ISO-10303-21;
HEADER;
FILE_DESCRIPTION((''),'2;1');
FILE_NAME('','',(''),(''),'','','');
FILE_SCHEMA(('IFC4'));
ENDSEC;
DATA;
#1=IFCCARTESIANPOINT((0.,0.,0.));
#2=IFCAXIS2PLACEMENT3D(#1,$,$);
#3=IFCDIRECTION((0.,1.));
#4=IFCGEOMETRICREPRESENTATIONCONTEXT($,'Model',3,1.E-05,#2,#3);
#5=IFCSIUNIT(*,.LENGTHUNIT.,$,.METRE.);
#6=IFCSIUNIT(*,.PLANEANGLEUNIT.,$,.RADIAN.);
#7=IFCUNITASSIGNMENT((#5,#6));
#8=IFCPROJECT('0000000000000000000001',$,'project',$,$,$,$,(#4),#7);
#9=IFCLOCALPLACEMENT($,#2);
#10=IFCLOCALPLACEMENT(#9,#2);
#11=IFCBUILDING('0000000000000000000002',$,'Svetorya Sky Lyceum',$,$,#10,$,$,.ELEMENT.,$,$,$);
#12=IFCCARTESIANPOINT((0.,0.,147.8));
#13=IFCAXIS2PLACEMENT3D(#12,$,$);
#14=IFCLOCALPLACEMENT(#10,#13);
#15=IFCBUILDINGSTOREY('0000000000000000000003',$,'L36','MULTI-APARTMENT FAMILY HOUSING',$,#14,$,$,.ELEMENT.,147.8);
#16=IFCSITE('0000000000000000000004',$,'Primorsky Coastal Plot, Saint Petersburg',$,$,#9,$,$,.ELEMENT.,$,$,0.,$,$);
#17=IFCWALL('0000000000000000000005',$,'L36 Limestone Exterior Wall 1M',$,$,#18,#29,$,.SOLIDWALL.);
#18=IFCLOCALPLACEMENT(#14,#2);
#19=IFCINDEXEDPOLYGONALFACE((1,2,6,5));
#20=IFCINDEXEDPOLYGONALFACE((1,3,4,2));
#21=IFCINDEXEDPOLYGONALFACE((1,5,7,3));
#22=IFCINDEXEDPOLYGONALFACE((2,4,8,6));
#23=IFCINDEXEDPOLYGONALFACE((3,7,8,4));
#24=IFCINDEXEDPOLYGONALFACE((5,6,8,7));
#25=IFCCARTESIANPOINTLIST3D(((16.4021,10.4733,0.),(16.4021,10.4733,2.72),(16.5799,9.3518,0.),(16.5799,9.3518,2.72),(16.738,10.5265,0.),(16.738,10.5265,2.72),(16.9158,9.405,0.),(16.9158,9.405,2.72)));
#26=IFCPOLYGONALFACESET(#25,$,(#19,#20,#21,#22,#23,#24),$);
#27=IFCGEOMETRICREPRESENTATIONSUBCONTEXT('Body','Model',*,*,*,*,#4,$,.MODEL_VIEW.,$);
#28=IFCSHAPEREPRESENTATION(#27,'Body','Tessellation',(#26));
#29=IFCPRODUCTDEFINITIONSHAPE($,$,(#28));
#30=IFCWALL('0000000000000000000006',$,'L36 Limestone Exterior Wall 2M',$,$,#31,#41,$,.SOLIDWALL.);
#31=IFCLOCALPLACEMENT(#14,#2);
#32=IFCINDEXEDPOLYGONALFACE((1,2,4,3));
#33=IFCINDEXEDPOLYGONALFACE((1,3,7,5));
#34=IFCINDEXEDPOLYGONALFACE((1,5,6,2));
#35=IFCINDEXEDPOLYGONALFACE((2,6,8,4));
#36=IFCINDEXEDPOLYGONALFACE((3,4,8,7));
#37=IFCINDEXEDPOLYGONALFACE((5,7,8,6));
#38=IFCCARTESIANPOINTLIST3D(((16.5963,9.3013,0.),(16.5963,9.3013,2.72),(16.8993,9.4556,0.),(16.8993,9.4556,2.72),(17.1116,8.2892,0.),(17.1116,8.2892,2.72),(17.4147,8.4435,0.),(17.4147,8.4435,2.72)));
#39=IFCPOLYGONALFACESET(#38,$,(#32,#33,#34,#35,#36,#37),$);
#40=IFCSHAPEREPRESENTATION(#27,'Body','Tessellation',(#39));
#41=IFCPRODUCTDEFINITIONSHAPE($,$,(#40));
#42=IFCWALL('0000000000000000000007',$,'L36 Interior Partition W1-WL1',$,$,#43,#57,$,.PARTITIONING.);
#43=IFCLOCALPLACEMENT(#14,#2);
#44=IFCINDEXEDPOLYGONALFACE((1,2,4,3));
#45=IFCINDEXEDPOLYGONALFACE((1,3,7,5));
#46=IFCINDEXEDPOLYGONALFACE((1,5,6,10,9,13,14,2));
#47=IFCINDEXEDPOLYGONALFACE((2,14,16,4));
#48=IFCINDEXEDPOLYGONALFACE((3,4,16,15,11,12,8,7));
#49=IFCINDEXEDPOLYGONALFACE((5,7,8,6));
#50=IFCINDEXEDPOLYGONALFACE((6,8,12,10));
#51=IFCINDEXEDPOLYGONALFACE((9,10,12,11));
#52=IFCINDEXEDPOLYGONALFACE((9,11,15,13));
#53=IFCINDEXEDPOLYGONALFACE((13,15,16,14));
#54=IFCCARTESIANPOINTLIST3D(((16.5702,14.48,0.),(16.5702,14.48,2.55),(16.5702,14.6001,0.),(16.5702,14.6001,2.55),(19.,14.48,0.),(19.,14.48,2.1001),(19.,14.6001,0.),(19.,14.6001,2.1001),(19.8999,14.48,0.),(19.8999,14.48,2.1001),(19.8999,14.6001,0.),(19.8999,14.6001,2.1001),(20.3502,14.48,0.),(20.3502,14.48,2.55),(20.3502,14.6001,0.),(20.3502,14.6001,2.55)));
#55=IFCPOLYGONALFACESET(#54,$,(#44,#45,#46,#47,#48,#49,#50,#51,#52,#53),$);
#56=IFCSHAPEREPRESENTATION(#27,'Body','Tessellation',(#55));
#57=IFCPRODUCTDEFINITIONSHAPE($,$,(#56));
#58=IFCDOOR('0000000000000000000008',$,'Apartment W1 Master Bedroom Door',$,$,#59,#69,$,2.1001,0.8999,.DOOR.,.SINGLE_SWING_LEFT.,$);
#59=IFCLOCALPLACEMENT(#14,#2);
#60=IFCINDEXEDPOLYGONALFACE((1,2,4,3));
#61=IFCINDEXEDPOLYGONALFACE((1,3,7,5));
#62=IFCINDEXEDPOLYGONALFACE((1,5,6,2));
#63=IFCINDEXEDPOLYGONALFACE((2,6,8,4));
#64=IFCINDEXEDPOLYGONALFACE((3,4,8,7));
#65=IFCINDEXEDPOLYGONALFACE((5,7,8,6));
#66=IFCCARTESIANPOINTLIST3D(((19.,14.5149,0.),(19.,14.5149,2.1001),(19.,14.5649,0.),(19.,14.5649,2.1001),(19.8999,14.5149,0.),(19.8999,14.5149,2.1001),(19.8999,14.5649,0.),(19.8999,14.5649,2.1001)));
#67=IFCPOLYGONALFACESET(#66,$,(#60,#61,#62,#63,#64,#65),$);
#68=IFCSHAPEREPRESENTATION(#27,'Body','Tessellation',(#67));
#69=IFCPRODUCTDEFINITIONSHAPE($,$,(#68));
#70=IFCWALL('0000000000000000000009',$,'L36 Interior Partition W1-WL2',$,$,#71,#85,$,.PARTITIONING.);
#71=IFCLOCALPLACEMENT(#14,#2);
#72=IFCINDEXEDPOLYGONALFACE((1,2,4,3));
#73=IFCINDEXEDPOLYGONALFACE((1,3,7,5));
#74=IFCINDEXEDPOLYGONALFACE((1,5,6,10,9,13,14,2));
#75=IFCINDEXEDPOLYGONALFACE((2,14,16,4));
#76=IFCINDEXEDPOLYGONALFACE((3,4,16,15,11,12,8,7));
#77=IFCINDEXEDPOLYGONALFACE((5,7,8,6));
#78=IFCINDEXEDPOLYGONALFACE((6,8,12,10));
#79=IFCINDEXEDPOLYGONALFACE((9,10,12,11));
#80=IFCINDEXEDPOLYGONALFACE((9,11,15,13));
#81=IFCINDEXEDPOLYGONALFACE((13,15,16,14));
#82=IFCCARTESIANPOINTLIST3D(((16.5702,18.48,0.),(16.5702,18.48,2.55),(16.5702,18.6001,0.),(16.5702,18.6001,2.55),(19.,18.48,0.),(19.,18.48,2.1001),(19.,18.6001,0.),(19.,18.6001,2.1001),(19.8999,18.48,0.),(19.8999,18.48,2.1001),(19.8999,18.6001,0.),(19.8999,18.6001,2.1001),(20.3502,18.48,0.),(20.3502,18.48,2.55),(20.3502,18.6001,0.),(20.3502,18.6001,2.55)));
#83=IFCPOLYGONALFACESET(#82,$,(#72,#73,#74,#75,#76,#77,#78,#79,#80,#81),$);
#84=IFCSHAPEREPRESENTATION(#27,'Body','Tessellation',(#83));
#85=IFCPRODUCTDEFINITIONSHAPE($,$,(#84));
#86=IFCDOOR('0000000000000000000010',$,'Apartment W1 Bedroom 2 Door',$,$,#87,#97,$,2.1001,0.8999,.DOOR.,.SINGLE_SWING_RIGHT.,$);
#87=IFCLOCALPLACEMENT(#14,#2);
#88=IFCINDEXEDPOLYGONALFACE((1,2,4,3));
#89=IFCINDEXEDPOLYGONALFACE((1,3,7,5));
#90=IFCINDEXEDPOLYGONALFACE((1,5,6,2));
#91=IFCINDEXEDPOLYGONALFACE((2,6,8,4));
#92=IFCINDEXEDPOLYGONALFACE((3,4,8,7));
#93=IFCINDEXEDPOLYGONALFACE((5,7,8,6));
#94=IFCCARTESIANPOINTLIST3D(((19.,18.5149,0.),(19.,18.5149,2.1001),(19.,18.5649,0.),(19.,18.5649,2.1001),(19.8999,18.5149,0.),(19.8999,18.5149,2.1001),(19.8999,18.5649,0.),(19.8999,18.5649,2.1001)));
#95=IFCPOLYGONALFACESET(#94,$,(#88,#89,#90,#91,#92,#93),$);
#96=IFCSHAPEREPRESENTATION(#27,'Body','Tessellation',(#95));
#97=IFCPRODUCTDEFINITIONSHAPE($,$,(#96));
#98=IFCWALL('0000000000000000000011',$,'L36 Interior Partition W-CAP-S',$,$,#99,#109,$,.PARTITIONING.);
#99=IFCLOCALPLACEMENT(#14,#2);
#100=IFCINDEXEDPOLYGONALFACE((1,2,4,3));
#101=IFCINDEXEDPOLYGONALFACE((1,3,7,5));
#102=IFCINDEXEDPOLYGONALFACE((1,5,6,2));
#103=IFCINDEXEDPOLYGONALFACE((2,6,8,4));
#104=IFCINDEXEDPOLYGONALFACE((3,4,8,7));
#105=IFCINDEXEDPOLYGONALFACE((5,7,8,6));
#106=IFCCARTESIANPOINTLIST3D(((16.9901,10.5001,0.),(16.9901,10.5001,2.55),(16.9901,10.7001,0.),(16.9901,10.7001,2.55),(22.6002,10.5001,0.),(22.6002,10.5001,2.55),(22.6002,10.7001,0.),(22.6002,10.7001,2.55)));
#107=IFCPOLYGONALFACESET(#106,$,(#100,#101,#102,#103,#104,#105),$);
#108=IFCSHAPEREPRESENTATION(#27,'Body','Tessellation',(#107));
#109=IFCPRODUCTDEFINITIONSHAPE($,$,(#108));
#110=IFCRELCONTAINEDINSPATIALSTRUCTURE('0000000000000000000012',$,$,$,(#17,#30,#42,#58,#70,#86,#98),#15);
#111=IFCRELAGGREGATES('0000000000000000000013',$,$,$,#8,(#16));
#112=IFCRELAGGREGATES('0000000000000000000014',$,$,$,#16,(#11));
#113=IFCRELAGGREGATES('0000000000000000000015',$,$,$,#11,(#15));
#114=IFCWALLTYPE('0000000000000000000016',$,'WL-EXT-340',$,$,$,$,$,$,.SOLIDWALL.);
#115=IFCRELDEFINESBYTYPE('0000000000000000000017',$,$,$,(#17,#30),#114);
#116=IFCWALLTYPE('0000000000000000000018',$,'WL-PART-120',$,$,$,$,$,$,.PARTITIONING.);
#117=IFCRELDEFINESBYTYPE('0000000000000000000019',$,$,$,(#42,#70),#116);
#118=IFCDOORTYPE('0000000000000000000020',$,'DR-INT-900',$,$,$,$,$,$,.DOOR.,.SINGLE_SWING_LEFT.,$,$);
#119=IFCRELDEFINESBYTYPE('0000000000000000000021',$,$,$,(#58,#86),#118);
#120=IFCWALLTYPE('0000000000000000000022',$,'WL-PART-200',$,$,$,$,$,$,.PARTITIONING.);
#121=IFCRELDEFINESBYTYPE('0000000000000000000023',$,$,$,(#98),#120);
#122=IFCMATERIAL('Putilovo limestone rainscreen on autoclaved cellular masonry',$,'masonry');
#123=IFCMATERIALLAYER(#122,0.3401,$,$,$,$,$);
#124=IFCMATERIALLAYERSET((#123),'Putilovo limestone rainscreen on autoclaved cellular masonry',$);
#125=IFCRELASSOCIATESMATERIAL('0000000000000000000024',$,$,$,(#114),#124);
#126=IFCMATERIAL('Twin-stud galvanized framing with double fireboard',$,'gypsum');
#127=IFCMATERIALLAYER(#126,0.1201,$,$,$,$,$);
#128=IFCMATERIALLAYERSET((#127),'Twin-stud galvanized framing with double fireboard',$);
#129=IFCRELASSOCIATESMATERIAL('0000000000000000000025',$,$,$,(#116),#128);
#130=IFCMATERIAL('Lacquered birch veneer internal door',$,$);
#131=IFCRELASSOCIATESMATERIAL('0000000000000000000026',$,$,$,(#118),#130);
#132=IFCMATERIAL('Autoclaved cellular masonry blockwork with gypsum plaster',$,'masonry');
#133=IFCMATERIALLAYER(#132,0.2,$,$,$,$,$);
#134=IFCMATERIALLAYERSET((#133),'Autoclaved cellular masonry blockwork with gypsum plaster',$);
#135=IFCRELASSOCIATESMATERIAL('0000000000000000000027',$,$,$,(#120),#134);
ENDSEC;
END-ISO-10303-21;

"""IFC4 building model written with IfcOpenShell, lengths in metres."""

from ifc_helpers import new_model, si_unit, direction, frame, frame_2d, origin, place, context, subcontext, project, spatial, rectangle, extrude, material, layer, layer_set, type_object, element, fill, save


model = new_model("IFC4")

# Units and contexts
model_context = context("Model", 3, precision=1e-05, world=origin(), true_north=direction((0.0, 1.0)))
body_context = subcontext(model_context, "Body", "Model", "MODEL_VIEW")
ifc_project = project(units=[si_unit("LENGTHUNIT", "METRE"), si_unit("PLANEANGLEUNIT", "RADIAN")], contexts=[model_context])

# Site, building, storey
site_placement = place(None, origin())
site = spatial("IfcSite", under=ifc_project, at=site_placement, Name="Primorsky Coastal Plot, Saint Petersburg", CompositionType="ELEMENT", RefElevation=0.0)
building_placement = place(site_placement, origin())
building = spatial("IfcBuilding", under=site, at=building_placement, Name="Svetorya Sky Lyceum", CompositionType="ELEMENT")
storey_placement = place(building_placement, frame((0.0, 0.0, 147.8)))
storey = spatial("IfcBuildingStorey", under=building, at=storey_placement, Name="L36", Description="MULTI-APARTMENT FAMILY HOUSING", CompositionType="ELEMENT", Elevation=147.8)

# Walls
ifc_material_1 = material(Name="Putilovo limestone rainscreen on autoclaved cellular masonry", Category="masonry")
ifc_layer_1 = layer(ifc_material_1, 0.3401)
ifc_layer_set_1 = layer_set([ifc_layer_1], Name="Putilovo limestone rainscreen on autoclaved cellular masonry")
wall_type_1 = type_object("IfcWallType", Name="WL-EXT-340", PredefinedType="SOLIDWALL", material=ifc_layer_set_1)
wall_1_placement = place(storey_placement, frame((16.5701, 10.5, 0.0), z_axis=(0.0, 0.0, 1.0), x_axis=(0.156515, -0.987676, 0.0)))
element("IfcWall", 1, at=wall_1_placement, inside=storey, type_object=wall_type_1, Name="L36 Limestone Exterior Wall 1M", PredefinedType="SOLIDWALL", context=body_context, shape_type="SweptSolid", body=[
    extrude(rectangle(XDim=1.1355, YDim=0.3401, at=frame_2d((0.5679, 0.0))), origin(), (0.0, 0.0, 1.0), 2.72),
])
wall_2_placement = place(storey_placement, frame((16.7478, 9.3784, 0.0), z_axis=(0.0, 0.0, 1.0), x_axis=(0.453736, -0.891136, 0.0)))
element("IfcWall", 2, at=wall_2_placement, inside=storey, type_object=wall_type_1, Name="L36 Limestone Exterior Wall 2M", PredefinedType="SOLIDWALL", context=body_context, shape_type="SweptSolid", body=[
    extrude(rectangle(XDim=1.1357, YDim=0.3401, at=frame_2d((0.5679, 0.0))), origin(), (0.0, 0.0, 1.0), 2.72),
])

# Walls, openings, doors
ifc_material_2 = material(Name="Twin-stud galvanized framing with double fireboard", Category="gypsum")
ifc_layer_2 = layer(ifc_material_2, 0.1201)
ifc_layer_set_2 = layer_set([ifc_layer_2], Name="Twin-stud galvanized framing with double fireboard")
wall_type_2 = type_object("IfcWallType", Name="WL-PART-120", PredefinedType="PARTITIONING", material=ifc_layer_set_2)
wall_3_placement = place(storey_placement, frame((16.5701, 14.54, 0.0), z_axis=(0.0, 0.0, 1.0), x_axis=(1.0, 0.0, 0.0)))
wall_3 = element("IfcWall", 3, at=wall_3_placement, inside=storey, type_object=wall_type_2, Name="L36 Interior Partition W1-WL1", PredefinedType="PARTITIONING", context=body_context, shape_type="SweptSolid", body=[
    extrude(rectangle(XDim=3.78, YDim=0.1201, at=frame_2d((1.8901, 0.0))), origin(), (0.0, 0.0, 1.0), 2.55),
])
opening_1_placement = place(wall_3_placement, frame((2.4299, 0.0, 0.0)))
opening_1 = element("IfcOpeningElement", 4, at=opening_1_placement, cuts=wall_3, PredefinedType="OPENING", context=body_context, shape_type="SweptSolid", body=[
    extrude(rectangle(XDim=0.8999, YDim=2.1001, at=frame_2d((0.45, 1.05))), frame((0.0, 0.0701, 0.0), z_axis=(0.0, -1.0, 0.0), x_axis=(1.0, 0.0, 0.0)), (0.0, 0.0, 1.0), 0.1401),
])
ifc_material_3 = material(Name="Lacquered birch veneer internal door")
door_type = type_object("IfcDoorType", Name="DR-INT-900", OperationType="SINGLE_SWING_LEFT", PredefinedType="DOOR", material=ifc_material_3)
door_1_placement = place(opening_1_placement, origin())
door_1 = element("IfcDoor", 5, at=door_1_placement, inside=storey, type_object=door_type, Name="Apartment W1 Master Bedroom Door", OperationType="SINGLE_SWING_LEFT", OverallHeight=2.1001, OverallWidth=0.8999, PredefinedType="DOOR", context=body_context, shape_type="SweptSolid", body=[
    extrude(rectangle(XDim=0.8999, YDim=2.1001, at=frame_2d((0.45, 1.05))), frame((0.0, 0.0249, 0.0), z_axis=(0.0, -1.0, 0.0), x_axis=(1.0, 0.0, 0.0)), (0.0, 0.0, 1.0), 0.05),
])
fill(opening_1, door_1)
wall_4_placement = place(storey_placement, frame((16.5701, 18.54, 0.0), z_axis=(0.0, 0.0, 1.0), x_axis=(1.0, 0.0, 0.0)))
wall_4 = element("IfcWall", 6, at=wall_4_placement, inside=storey, type_object=wall_type_2, Name="L36 Interior Partition W1-WL2", PredefinedType="PARTITIONING", context=body_context, shape_type="SweptSolid", body=[
    extrude(rectangle(XDim=3.78, YDim=0.1201, at=frame_2d((1.8901, 0.0))), origin(), (0.0, 0.0, 1.0), 2.55),
])
opening_2_placement = place(wall_4_placement, frame((2.4299, 0.0, 0.0)))
opening_2 = element("IfcOpeningElement", 7, at=opening_2_placement, cuts=wall_4, PredefinedType="OPENING", context=body_context, shape_type="SweptSolid", body=[
    extrude(rectangle(XDim=0.8999, YDim=2.1001, at=frame_2d((0.45, 1.05))), frame((0.0, 0.0701, 0.0), z_axis=(0.0, -1.0, 0.0), x_axis=(1.0, 0.0, 0.0)), (0.0, 0.0, 1.0), 0.1401),
])
door_2_placement = place(opening_2_placement, origin())
door_2 = element("IfcDoor", 8, at=door_2_placement, inside=storey, type_object=door_type, Name="Apartment W1 Bedroom 2 Door", OperationType="SINGLE_SWING_RIGHT", OverallHeight=2.1001, OverallWidth=0.8999, PredefinedType="DOOR", context=body_context, shape_type="SweptSolid", body=[
    extrude(rectangle(XDim=0.8999, YDim=2.1001, at=frame_2d((0.45, 1.05))), frame((0.0, 0.0249, 0.0), z_axis=(0.0, -1.0, 0.0), x_axis=(1.0, 0.0, 0.0)), (0.0, 0.0, 1.0), 0.05),
])
fill(opening_2, door_2)

# Wall
ifc_material_4 = material(Name="Autoclaved cellular masonry blockwork with gypsum plaster", Category="masonry")
ifc_layer_3 = layer(ifc_material_4, 0.2)
ifc_layer_set_3 = layer_set([ifc_layer_3], Name="Autoclaved cellular masonry blockwork with gypsum plaster")
wall_type_3 = type_object("IfcWallType", Name="WL-PART-200", PredefinedType="PARTITIONING", material=ifc_layer_set_3)
wall_5_placement = place(storey_placement, frame((16.99, 10.6001, 0.0), z_axis=(0.0, 0.0, 1.0), x_axis=(1.0, 0.0, 0.0)))
element("IfcWall", 9, at=wall_5_placement, inside=storey, type_object=wall_type_3, Name="L36 Interior Partition W-CAP-S", PredefinedType="PARTITIONING", context=body_context, shape_type="SweptSolid", body=[
    extrude(rectangle(XDim=5.6101, YDim=0.2, at=frame_2d((2.8052, 0.0))), origin(), (0.0, 0.0, 1.0), 2.55),
])

save(model, "model.ifc")
